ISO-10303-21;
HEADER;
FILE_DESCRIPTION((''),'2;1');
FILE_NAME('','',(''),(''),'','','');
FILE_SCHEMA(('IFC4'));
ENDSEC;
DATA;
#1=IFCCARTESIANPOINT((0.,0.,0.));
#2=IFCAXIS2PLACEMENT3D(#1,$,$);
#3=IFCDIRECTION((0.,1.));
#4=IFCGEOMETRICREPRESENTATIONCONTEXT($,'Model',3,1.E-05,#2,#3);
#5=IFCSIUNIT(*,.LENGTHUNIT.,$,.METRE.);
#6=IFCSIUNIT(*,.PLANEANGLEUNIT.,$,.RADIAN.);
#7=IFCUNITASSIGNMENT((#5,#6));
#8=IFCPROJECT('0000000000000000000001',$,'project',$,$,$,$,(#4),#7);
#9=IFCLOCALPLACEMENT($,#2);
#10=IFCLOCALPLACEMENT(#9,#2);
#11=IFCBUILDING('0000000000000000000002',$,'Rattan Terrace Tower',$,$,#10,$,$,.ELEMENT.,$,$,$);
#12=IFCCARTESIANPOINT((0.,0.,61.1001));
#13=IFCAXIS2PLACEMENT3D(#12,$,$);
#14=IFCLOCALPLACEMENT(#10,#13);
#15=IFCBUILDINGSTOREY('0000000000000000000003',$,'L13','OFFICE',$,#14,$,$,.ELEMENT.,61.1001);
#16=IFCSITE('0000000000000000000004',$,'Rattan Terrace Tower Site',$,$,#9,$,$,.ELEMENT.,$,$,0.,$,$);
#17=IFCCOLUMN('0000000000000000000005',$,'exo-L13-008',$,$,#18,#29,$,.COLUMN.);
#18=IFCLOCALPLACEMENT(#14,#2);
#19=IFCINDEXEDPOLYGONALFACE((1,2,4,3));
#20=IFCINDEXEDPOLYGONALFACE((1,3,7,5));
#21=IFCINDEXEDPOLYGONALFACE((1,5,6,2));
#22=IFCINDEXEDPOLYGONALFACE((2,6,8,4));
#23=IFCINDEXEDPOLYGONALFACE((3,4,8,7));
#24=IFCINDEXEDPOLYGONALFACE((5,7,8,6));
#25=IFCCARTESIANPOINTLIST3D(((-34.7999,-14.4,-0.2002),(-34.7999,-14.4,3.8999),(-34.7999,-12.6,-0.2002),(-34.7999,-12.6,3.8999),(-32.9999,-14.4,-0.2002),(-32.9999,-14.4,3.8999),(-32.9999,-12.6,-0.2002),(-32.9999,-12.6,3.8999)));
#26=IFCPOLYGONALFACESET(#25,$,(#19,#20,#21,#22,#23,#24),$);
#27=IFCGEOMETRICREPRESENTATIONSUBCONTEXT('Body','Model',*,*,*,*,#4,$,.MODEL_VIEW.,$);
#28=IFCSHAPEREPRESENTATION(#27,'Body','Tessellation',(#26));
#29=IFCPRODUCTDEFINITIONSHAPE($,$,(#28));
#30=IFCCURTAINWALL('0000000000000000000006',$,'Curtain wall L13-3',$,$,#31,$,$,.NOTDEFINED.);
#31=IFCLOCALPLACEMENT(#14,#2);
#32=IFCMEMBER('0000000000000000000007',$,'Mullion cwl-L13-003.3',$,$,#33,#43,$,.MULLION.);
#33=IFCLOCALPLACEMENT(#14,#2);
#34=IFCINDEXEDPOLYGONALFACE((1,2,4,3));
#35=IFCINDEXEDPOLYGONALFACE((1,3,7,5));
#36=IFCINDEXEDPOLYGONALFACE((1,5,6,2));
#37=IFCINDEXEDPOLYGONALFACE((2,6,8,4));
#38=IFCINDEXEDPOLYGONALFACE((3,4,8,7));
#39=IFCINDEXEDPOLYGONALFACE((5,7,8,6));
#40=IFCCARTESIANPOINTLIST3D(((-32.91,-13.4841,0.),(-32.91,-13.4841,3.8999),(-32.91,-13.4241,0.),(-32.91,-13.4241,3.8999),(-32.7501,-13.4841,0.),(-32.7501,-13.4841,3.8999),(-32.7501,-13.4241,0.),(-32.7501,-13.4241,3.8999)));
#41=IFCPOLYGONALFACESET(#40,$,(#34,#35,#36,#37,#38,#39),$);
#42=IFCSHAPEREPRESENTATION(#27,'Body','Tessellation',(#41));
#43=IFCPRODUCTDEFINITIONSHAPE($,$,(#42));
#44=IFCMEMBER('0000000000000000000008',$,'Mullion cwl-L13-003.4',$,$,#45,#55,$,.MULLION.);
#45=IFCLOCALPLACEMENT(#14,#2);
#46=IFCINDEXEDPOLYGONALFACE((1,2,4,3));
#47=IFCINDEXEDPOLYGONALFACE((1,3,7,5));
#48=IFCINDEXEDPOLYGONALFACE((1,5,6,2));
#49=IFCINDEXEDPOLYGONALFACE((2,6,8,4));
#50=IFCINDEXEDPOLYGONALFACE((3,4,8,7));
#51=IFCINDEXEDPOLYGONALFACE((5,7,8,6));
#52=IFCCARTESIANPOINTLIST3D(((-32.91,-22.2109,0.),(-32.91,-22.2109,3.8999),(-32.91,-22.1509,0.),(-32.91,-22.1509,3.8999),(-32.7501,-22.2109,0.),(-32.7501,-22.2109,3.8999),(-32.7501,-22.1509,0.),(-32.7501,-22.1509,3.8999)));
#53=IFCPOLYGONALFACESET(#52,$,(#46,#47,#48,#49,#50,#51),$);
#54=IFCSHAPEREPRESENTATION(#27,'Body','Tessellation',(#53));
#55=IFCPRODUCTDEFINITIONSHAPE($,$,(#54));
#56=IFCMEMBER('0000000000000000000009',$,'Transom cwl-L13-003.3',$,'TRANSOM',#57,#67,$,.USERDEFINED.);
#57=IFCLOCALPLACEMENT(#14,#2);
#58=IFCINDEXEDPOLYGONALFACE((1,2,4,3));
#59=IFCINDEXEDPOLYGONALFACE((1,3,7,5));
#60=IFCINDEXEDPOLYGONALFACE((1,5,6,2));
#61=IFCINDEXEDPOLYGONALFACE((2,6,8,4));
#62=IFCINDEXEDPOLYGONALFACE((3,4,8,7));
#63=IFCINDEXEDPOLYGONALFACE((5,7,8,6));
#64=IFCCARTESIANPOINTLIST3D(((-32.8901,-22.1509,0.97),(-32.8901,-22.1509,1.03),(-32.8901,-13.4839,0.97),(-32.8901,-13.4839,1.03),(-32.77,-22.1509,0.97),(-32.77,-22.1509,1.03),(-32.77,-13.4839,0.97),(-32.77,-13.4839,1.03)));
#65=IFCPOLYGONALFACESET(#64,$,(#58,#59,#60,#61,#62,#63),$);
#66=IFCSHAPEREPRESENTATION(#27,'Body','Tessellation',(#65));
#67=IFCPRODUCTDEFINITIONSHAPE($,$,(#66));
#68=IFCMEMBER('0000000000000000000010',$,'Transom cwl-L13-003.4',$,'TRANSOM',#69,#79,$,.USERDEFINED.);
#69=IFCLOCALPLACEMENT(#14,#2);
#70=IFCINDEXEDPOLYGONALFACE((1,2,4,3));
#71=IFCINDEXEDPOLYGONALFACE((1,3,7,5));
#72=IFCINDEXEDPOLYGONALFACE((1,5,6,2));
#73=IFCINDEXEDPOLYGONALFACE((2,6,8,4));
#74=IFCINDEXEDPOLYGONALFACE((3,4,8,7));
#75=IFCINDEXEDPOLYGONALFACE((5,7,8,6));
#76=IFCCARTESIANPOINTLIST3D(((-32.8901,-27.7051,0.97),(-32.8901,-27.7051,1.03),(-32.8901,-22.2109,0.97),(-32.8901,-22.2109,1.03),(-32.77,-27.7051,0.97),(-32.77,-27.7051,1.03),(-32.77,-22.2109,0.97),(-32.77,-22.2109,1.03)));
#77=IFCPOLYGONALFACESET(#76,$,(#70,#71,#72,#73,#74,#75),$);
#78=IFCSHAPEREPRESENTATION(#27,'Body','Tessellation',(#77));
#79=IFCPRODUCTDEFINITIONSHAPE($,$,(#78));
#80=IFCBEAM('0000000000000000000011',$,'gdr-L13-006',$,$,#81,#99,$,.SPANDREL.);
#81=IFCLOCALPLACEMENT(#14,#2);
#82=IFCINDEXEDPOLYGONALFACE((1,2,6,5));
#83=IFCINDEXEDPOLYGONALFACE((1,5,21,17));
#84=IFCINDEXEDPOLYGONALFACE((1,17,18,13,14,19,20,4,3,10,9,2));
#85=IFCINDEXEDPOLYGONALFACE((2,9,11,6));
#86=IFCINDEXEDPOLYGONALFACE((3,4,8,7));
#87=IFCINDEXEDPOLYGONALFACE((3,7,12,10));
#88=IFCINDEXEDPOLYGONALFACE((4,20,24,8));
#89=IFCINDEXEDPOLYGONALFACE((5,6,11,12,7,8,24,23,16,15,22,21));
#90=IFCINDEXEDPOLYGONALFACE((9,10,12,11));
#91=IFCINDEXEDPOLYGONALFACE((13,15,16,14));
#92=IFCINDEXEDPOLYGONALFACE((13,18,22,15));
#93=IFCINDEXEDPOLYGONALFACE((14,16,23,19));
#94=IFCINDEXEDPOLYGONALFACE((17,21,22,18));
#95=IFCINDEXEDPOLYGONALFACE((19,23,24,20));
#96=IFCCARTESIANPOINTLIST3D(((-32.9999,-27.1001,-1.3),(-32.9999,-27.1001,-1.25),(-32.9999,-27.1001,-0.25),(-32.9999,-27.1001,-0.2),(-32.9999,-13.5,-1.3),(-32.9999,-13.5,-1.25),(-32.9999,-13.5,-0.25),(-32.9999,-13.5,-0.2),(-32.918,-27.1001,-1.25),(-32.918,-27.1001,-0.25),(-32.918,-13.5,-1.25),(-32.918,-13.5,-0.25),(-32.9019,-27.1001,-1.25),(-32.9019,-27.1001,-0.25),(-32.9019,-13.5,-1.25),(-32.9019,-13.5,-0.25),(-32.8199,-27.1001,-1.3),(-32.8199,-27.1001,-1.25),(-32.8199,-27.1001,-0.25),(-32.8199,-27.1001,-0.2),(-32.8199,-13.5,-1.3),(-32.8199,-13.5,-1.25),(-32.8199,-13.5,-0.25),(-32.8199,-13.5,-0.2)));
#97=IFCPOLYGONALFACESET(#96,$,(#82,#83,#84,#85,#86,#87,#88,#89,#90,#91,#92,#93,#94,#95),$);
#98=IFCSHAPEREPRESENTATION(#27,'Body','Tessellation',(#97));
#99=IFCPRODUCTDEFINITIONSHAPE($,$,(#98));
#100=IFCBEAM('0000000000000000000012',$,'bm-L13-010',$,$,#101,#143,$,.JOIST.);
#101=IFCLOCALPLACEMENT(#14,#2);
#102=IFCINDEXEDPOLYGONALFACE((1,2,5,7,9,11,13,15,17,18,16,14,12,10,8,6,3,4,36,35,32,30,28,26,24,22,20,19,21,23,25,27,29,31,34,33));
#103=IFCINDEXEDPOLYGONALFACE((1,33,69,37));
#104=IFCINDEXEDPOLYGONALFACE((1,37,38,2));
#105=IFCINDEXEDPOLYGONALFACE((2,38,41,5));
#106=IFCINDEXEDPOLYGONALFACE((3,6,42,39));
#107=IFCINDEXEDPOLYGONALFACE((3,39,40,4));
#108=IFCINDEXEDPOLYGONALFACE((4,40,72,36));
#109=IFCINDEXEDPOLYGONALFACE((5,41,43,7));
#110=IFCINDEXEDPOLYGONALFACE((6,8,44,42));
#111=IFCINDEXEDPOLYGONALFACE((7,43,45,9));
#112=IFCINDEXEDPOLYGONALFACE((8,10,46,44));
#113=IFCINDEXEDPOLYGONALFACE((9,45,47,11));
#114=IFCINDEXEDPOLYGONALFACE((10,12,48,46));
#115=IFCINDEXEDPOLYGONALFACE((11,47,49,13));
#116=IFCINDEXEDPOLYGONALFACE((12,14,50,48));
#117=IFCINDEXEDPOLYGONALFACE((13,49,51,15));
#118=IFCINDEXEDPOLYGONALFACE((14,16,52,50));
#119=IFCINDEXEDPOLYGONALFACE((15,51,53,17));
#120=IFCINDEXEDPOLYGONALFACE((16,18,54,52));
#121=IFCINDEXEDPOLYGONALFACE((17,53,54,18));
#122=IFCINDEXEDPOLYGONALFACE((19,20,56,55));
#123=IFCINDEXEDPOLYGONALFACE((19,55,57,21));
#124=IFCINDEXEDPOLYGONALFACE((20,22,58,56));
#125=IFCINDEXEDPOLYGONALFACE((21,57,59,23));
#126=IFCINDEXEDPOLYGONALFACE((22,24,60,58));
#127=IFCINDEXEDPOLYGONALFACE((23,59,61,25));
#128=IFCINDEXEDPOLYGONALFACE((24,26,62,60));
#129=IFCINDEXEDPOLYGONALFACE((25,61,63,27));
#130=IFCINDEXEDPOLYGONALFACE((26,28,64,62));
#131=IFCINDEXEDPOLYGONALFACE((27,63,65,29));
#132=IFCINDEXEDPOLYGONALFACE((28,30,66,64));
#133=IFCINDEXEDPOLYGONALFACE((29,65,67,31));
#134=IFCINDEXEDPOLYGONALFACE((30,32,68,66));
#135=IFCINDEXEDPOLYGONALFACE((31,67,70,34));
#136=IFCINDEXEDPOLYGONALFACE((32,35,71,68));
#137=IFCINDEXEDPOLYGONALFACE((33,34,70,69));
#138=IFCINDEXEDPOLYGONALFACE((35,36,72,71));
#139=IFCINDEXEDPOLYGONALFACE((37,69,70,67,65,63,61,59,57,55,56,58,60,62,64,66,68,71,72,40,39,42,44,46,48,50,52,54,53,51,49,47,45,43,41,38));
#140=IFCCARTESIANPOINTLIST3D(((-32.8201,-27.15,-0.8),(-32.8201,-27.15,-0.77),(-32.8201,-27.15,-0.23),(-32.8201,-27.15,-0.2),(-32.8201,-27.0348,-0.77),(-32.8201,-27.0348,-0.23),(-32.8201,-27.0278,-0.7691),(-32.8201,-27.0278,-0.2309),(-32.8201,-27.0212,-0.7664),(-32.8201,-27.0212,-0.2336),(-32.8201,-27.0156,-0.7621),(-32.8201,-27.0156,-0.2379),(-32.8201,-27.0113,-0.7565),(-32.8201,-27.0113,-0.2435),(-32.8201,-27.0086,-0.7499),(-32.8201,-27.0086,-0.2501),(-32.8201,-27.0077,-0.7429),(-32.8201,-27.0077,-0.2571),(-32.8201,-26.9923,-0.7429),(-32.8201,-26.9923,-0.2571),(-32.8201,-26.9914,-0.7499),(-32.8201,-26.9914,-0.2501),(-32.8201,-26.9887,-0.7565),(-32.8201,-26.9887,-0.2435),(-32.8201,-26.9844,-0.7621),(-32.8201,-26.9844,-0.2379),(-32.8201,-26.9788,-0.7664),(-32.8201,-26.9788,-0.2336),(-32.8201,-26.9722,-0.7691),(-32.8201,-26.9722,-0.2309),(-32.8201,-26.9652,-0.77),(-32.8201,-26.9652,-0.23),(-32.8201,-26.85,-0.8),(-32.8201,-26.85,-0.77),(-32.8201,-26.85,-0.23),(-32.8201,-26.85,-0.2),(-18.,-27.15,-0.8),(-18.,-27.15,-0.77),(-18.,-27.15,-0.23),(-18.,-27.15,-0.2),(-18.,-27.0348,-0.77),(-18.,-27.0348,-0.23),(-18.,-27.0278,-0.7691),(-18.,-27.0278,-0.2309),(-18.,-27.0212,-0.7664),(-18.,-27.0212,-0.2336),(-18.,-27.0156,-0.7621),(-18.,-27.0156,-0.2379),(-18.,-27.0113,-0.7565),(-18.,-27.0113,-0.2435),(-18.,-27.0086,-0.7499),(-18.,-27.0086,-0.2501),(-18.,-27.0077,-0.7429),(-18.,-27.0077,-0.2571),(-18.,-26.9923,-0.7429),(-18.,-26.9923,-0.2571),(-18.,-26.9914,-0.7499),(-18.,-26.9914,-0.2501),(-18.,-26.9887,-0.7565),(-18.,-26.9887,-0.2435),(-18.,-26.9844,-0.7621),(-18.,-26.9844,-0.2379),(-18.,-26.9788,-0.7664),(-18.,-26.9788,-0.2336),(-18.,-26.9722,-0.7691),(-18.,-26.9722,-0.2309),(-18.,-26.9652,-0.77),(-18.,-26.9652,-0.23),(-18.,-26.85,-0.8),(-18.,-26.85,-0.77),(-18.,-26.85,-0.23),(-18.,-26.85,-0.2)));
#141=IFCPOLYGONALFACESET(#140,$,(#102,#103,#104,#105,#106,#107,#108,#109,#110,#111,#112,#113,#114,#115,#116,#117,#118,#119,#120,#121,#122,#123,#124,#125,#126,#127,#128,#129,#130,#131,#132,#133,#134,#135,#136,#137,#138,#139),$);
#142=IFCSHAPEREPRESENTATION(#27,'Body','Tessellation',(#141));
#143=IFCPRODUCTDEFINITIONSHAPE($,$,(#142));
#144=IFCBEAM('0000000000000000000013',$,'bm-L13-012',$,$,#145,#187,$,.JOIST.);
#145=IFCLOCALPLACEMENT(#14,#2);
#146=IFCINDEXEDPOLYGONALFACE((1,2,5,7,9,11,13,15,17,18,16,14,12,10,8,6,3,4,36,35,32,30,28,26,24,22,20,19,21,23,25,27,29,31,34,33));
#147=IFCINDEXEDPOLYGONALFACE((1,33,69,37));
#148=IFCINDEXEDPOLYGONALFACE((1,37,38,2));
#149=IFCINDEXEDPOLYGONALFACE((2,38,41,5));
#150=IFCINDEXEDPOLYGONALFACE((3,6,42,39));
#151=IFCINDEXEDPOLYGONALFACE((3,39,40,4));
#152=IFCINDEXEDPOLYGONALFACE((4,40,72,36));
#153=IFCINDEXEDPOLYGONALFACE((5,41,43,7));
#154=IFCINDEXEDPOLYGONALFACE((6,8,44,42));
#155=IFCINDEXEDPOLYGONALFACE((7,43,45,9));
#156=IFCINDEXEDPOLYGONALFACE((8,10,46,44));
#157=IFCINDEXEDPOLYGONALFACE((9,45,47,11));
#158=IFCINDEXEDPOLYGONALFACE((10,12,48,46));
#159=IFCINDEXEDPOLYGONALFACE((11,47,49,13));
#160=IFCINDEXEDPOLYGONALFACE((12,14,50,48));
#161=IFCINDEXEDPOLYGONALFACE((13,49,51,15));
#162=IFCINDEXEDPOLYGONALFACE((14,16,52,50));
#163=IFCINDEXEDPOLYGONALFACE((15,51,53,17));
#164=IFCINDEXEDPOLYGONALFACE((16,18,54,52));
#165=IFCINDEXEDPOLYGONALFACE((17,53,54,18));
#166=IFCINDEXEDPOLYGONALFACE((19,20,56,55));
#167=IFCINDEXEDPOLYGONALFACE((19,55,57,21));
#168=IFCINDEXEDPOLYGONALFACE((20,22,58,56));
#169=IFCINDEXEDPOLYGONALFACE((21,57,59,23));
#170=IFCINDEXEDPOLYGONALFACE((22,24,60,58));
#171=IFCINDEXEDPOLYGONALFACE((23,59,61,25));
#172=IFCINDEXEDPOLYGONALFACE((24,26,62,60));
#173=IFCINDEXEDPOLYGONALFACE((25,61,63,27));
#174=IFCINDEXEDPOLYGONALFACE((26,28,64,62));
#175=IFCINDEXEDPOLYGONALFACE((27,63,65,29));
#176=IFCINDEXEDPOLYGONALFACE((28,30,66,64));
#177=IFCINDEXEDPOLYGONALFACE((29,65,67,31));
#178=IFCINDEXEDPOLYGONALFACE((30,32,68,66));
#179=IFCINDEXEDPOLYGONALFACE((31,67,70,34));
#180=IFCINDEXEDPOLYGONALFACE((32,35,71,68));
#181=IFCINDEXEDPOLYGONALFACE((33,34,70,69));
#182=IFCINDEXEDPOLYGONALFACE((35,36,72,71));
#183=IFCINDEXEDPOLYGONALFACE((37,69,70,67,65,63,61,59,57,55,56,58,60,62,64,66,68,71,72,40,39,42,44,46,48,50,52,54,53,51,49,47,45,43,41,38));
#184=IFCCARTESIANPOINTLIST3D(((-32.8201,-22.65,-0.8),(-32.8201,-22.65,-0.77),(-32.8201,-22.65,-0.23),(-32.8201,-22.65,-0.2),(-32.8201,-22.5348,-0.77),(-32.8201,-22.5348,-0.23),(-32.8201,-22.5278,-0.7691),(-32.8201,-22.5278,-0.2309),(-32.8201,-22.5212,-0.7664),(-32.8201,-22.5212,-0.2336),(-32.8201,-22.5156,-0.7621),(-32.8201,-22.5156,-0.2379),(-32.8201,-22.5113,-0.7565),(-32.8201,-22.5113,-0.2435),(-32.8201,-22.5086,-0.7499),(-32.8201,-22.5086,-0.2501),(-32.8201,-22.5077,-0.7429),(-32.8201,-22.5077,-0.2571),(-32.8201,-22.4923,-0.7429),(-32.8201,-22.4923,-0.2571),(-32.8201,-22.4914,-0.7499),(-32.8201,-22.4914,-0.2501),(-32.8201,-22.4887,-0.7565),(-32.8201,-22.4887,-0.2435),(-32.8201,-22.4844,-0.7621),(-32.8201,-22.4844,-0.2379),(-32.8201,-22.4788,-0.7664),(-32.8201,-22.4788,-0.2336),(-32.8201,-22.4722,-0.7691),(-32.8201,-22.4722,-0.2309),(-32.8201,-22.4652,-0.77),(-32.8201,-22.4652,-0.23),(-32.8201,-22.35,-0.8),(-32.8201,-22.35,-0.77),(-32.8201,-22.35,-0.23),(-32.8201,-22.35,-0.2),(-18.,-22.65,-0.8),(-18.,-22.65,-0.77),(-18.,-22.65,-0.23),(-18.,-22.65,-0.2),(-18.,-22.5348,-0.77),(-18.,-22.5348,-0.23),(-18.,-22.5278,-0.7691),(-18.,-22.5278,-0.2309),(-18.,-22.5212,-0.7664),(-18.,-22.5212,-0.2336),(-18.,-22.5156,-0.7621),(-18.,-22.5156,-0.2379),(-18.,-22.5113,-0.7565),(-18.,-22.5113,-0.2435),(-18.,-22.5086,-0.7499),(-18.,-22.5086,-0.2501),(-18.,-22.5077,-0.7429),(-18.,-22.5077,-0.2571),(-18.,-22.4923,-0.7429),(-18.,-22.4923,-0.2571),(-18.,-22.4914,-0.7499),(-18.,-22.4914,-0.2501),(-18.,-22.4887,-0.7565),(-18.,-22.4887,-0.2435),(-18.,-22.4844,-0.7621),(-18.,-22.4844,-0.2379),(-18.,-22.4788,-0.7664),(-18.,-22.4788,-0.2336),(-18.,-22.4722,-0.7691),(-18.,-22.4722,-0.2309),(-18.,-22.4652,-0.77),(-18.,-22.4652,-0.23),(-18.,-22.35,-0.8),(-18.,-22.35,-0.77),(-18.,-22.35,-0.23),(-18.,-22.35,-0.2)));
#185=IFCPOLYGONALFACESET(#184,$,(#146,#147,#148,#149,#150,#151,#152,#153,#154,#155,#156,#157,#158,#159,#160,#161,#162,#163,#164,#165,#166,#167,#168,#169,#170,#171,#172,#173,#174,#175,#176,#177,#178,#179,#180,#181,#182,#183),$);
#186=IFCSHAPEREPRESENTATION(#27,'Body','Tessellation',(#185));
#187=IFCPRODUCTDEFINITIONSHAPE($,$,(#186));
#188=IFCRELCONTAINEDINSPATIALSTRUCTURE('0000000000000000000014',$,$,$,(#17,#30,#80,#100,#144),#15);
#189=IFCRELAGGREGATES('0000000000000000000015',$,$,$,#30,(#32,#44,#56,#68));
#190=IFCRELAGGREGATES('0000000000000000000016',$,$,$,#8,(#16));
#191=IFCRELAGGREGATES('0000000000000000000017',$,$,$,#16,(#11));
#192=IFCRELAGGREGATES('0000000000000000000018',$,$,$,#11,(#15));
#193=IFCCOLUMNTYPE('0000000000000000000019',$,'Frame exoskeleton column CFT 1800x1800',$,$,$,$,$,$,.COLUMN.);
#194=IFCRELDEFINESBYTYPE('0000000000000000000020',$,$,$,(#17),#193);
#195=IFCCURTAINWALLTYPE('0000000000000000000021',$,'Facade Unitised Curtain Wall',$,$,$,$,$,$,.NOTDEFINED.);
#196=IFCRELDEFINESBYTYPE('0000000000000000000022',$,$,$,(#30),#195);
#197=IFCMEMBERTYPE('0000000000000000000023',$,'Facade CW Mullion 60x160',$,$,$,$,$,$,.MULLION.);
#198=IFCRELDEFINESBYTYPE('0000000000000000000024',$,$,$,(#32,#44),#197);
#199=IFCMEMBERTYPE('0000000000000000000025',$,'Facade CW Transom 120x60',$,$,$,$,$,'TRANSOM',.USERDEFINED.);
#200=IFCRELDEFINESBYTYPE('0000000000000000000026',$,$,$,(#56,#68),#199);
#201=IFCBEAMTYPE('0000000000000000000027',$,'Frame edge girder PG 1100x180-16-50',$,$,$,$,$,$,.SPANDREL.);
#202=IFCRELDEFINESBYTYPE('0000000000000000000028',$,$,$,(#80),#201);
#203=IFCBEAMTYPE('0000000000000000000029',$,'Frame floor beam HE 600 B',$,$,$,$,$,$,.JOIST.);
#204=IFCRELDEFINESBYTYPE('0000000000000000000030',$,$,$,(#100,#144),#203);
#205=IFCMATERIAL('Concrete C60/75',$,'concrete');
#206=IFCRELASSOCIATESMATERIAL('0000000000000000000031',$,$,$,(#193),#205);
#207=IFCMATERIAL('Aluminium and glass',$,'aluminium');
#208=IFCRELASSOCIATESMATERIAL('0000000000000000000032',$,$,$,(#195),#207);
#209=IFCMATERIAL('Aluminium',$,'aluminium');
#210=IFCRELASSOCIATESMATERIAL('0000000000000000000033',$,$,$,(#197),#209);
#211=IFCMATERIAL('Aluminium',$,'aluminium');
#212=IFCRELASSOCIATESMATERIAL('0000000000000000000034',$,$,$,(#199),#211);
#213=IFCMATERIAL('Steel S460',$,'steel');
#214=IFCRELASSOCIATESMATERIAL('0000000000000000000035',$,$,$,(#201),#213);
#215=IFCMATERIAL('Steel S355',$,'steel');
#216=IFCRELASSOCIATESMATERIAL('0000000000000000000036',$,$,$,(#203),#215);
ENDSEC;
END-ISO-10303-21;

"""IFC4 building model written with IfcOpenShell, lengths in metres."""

from ifc_helpers import new_model, si_unit, direction, frame, origin, origin_2d, place, context, subcontext, project, spatial, rectangle, i_section, extrude, material, material_profile, profile_set, type_object, element, aggregate, save


model = new_model("IFC4")

# Units and contexts
model_context = context("Model", 3, precision=1e-05, world=origin(), true_north=direction((0.0, 1.0)))
body_context = subcontext(model_context, "Body", "Model", "MODEL_VIEW")
ifc_project = project(units=[si_unit("LENGTHUNIT", "METRE"), si_unit("PLANEANGLEUNIT", "RADIAN")], contexts=[model_context])

# Site, building, storey
site_placement = place(None, origin())
site = spatial("IfcSite", under=ifc_project, at=site_placement, Name="Rattan Terrace Tower Site", CompositionType="ELEMENT", RefElevation=0.0)
building_placement = place(site_placement, origin())
building = spatial("IfcBuilding", under=site, at=building_placement, Name="Rattan Terrace Tower", CompositionType="ELEMENT")
storey_placement = place(building_placement, frame((0.0, 0.0, 61.1001)))
storey = spatial("IfcBuildingStorey", under=building, at=storey_placement, Name="L13", Description="OFFICE", CompositionType="ELEMENT", Elevation=61.1001)

# Column
ifc_material_1 = material(Name="Concrete C60/75", Category="concrete")
ifc_material_profile_1 = material_profile(ifc_material_1, rectangle(XDim=1.8, YDim=1.8, at=origin_2d()), Name="CFT 1800x1800")
ifc_profile_set_1 = profile_set([ifc_material_profile_1], Name="Concrete C60/75")
column_type = type_object("IfcColumnType", Name="Frame exoskeleton column CFT 1800x1800", PredefinedType="COLUMN", material=ifc_profile_set_1)
column_placement = place(storey_placement, frame((-33.8999, -13.5, -0.2002), z_axis=(0.0, 0.0, 1.0), x_axis=(0.0, 1.0, 0.0)))
element("IfcColumn", 1, at=column_placement, inside=storey, type_object=column_type, Name="exo-L13-008", PredefinedType="COLUMN", context=body_context, shape_type="SweptSolid", body=[
    extrude(rectangle(XDim=1.8, YDim=1.8, at=origin_2d()), origin(), (0.0, 0.0, 1.0), 4.1001),
])

# Curtain wall, members
ifc_material_2 = material(Name="Aluminium and glass", Category="aluminium")
curtain_wall_type = type_object("IfcCurtainWallType", Name="Facade Unitised Curtain Wall", PredefinedType="NOTDEFINED", material=ifc_material_2)
curtain_wall_placement = place(storey_placement, origin())
curtain_wall = element("IfcCurtainWall", 2, at=curtain_wall_placement, inside=storey, type_object=curtain_wall_type, Name="Curtain wall L13-3", PredefinedType="NOTDEFINED")
ifc_material_3 = material(Name="Aluminium", Category="aluminium")
ifc_material_profile_2 = material_profile(ifc_material_3, rectangle(XDim=0.0601, YDim=0.1599, at=origin_2d()), Name="Aluminium 60x160")
ifc_profile_set_2 = profile_set([ifc_material_profile_2], Name="Aluminium")
member_type_1 = type_object("IfcMemberType", Name="Facade CW Mullion 60x160", PredefinedType="MULLION", material=ifc_profile_set_2)
member_1_placement = place(storey_placement, frame((-32.8301, -13.4541, 0.0), z_axis=(0.0, 0.0, 1.0), x_axis=(0.0, -1.0, 0.0)))
member_1 = element("IfcMember", 3, at=member_1_placement, type_object=member_type_1, Name="Mullion cwl-L13-003.3", PredefinedType="MULLION", context=body_context, shape_type="SweptSolid", body=[
    extrude(rectangle(XDim=0.0601, YDim=0.1599, at=origin_2d()), origin(), (0.0, 0.0, 1.0), 3.8999),
])
member_2_placement = place(storey_placement, frame((-32.8301, -22.1809, 0.0), z_axis=(0.0, 0.0, 1.0), x_axis=(0.0, -1.0, 0.0)))
member_2 = element("IfcMember", 4, at=member_2_placement, type_object=member_type_1, Name="Mullion cwl-L13-003.4", PredefinedType="MULLION", context=body_context, shape_type="SweptSolid", body=[
    extrude(rectangle(XDim=0.0601, YDim=0.1599, at=origin_2d()), origin(), (0.0, 0.0, 1.0), 3.8999),
])
ifc_material_4 = material(Name="Aluminium", Category="aluminium")
ifc_material_profile_3 = material_profile(ifc_material_4, rectangle(XDim=0.1201, YDim=0.0601, at=origin_2d()), Name="Aluminium 120x60")
ifc_profile_set_3 = profile_set([ifc_material_profile_3], Name="Aluminium")
member_type_2 = type_object("IfcMemberType", Name="Facade CW Transom 120x60", ElementType="TRANSOM", PredefinedType="USERDEFINED", material=ifc_profile_set_3)
member_3_placement = place(storey_placement, frame((-32.8301, -13.4839, 1.0), z_axis=(0.0, -1.0, 0.0), x_axis=(1.0, 0.0, 0.0)))
member_3 = element("IfcMember", 5, at=member_3_placement, type_object=member_type_2, Name="Transom cwl-L13-003.3", ObjectType="TRANSOM", PredefinedType="USERDEFINED", context=body_context, shape_type="SweptSolid", body=[
    extrude(rectangle(XDim=0.1201, YDim=0.0601, at=origin_2d()), origin(), (0.0, 0.0, 1.0), 8.667),
])
member_4_placement = place(storey_placement, frame((-32.8301, -22.2109, 1.0), z_axis=(0.0, -1.0, 0.0), x_axis=(1.0, 0.0, 0.0)))
member_4 = element("IfcMember", 6, at=member_4_placement, type_object=member_type_2, Name="Transom cwl-L13-003.4", ObjectType="TRANSOM", PredefinedType="USERDEFINED", context=body_context, shape_type="SweptSolid", body=[
    extrude(rectangle(XDim=0.1201, YDim=0.0601, at=origin_2d()), origin(), (0.0, 0.0, 1.0), 5.4941),
])

# Beams
ifc_material_5 = material(Name="Steel S460", Category="steel")
ifc_material_profile_4 = material_profile(ifc_material_5, i_section(OverallWidth=0.1799, OverallDepth=1.1001, WebThickness=0.0161, FlangeThickness=0.05, at=origin_2d()), Name="PG 1100x180-16-50")
ifc_profile_set_4 = profile_set([ifc_material_profile_4], Name="Steel S460")
beam_type_1 = type_object("IfcBeamType", Name="Frame edge girder PG 1100x180-16-50", PredefinedType="SPANDREL", material=ifc_profile_set_4)
beam_placement = place(storey_placement, frame((-32.9099, -13.5, -0.75), z_axis=(0.0, -1.0, 0.0), x_axis=(1.0, 0.0, 0.0)))
element("IfcBeam", 7, at=beam_placement, inside=storey, type_object=beam_type_1, Name="gdr-L13-006", PredefinedType="SPANDREL", context=body_context, shape_type="SweptSolid", body=[
    extrude(i_section(OverallWidth=0.1799, OverallDepth=1.1001, WebThickness=0.0161, FlangeThickness=0.05, at=origin_2d()), origin(), (0.0, 0.0, 1.0), 13.6001),
])
ifc_material_6 = material(Name="Steel S355", Category="steel")
ifc_material_profile_5 = material_profile(ifc_material_6, i_section(OverallWidth=0.3, OverallDepth=0.6001, WebThickness=0.0154, FlangeThickness=0.03, FilletRadius=0.0271, at=origin_2d()), Name="HE 600 B")
ifc_profile_set_5 = profile_set([ifc_material_profile_5], Name="Steel S355")
beam_type_2 = type_object("IfcBeamType", Name="Frame floor beam HE 600 B", PredefinedType="JOIST", material=ifc_profile_set_5)
for number, where, z_axis, x_axis, name in (
    (8, (-32.8201, -27.0, -0.5), (1.0, 0.0, 0.0), (0.0, 1.0, 0.0), "bm-L13-010"),
    (9, (-32.8201, -22.5, -0.5), (1.0, 0.0, 0.0), (0.0, 1.0, 0.0), "bm-L13-012"),
):
    element("IfcBeam", number, at=place(storey_placement, frame(where, z_axis=z_axis, x_axis=x_axis)), inside=storey, type_object=beam_type_2, Name=name, PredefinedType="JOIST", context=body_context, shape_type="SweptSolid", body=[
        extrude(i_section(OverallWidth=0.3, OverallDepth=0.6001, WebThickness=0.0154, FlangeThickness=0.03, FilletRadius=0.0271, at=origin_2d()), origin(), (0.0, 0.0, 1.0), 14.8201),
    ])

aggregate(curtain_wall, [member_1, member_2, member_3, member_4])

save(model, "model.ifc")
